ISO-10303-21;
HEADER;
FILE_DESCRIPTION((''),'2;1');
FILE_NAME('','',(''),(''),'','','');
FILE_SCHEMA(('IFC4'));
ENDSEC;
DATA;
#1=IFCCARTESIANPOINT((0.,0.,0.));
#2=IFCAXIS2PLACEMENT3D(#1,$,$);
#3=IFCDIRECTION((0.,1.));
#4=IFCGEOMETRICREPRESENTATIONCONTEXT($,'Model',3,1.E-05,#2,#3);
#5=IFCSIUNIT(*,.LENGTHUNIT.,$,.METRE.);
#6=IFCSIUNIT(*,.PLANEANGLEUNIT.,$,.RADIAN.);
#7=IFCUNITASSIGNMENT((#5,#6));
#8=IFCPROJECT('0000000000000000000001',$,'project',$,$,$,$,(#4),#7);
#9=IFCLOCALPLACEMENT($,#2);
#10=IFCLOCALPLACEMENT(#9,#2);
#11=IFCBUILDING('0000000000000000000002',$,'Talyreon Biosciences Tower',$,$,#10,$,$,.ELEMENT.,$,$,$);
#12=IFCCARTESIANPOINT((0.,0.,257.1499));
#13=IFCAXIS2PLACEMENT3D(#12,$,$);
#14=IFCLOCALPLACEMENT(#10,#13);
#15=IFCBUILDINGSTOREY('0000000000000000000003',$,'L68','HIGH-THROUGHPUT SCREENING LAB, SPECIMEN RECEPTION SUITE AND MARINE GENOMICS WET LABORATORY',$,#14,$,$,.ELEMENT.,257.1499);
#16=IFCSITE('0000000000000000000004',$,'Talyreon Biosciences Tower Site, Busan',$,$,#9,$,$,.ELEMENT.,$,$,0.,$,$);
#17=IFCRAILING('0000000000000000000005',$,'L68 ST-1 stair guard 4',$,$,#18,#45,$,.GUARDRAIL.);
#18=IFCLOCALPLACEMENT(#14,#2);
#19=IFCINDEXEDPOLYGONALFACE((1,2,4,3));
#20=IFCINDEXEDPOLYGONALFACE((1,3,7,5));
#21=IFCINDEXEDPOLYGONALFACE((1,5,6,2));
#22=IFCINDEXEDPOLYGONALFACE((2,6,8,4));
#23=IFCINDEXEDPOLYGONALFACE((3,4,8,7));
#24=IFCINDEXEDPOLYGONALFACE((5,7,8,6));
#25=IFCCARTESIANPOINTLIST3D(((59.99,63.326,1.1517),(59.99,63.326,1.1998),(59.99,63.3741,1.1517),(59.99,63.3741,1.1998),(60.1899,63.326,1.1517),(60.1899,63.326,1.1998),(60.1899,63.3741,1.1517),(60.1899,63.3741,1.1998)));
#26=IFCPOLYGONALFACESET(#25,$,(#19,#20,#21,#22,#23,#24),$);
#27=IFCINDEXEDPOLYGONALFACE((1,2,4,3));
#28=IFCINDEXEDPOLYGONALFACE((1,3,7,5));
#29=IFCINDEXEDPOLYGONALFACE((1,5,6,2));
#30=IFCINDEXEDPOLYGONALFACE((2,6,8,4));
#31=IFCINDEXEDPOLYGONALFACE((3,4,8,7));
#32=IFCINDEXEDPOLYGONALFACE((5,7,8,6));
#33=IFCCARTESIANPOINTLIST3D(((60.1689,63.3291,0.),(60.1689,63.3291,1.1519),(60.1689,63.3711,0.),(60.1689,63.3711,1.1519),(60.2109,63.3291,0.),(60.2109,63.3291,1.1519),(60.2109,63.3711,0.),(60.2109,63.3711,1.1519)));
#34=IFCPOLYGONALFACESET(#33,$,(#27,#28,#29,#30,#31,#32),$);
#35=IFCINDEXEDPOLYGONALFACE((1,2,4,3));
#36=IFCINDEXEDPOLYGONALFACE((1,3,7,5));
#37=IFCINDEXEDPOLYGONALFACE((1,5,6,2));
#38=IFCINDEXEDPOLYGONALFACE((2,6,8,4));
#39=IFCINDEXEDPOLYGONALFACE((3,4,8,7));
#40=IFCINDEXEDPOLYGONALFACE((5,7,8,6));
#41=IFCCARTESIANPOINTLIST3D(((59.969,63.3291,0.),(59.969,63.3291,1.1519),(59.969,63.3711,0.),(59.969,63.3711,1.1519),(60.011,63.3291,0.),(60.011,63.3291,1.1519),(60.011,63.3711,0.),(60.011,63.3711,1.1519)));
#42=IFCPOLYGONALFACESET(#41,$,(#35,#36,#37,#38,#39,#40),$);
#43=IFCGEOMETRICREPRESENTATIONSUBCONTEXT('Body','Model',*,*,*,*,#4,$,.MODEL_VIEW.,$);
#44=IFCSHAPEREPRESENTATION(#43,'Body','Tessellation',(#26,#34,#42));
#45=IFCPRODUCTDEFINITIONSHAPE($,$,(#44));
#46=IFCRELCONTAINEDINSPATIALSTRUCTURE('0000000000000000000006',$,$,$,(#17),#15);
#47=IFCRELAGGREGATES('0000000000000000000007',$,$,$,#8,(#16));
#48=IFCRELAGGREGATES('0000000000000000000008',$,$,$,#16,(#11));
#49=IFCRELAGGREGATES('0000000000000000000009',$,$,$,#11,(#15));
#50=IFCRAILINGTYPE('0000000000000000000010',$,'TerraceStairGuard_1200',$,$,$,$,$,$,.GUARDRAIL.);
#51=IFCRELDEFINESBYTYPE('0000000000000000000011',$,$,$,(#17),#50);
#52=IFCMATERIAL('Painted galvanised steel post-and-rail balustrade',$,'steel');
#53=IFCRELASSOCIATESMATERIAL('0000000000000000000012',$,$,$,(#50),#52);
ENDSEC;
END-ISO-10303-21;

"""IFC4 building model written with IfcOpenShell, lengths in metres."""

from ifc_helpers import new_model, si_unit, direction, frame, origin, origin_2d, place, context, subcontext, project, spatial, rectangle, extrude, material, type_object, element, save


model = new_model("IFC4")

# Units and contexts
model_context = context("Model", 3, precision=1e-05, world=origin(), true_north=direction((0.0, 1.0)))
body_context = subcontext(model_context, "Body", "Model", "MODEL_VIEW")
ifc_project = project(units=[si_unit("LENGTHUNIT", "METRE"), si_unit("PLANEANGLEUNIT", "RADIAN")], contexts=[model_context])

# Site, building, storey
site_placement = place(None, origin())
site = spatial("IfcSite", under=ifc_project, at=site_placement, Name="Talyreon Biosciences Tower Site, Busan", CompositionType="ELEMENT", RefElevation=0.0)
building_placement = place(site_placement, origin())
building = spatial("IfcBuilding", under=site, at=building_placement, Name="Talyreon Biosciences Tower", CompositionType="ELEMENT")
storey_placement = place(building_placement, frame((0.0, 0.0, 257.1499)))
storey = spatial("IfcBuildingStorey", under=building, at=storey_placement, Name="L68", Description="HIGH-THROUGHPUT SCREENING LAB, SPECIMEN RECEPTION SUITE AND MARINE GENOMICS WET LABORATORY", CompositionType="ELEMENT", Elevation=257.1499)

# Railing
ifc_material_1 = material(Name="Painted galvanised steel post-and-rail balustrade", Category="steel")
railing_type_1 = type_object("IfcRailingType", Name="TerraceStairGuard_1200", PredefinedType="GUARDRAIL", material=ifc_material_1)
railing_1_placement = place(storey_placement, frame((60.1899, 63.3501, 0.0)))
element("IfcRailing", 1, at=railing_1_placement, inside=storey, type_object=railing_type_1, Name="L68 ST-1 stair guard 4", PredefinedType="GUARDRAIL", context=body_context, shape_type="SweptSolid", body=[
    extrude(rectangle(XDim=0.0481, YDim=0.0481, at=origin_2d()), frame((0.0, 0.0, 1.1758), z_axis=(-1.0, 0.0, 0.0), x_axis=(0.0, -1.0, 0.0)), (0.0, 0.0, 1.0), 0.2),
    extrude(rectangle(XDim=0.042, YDim=0.042, at=origin_2d()), origin(), (0.0, 0.0, 1.0), 1.1519),
    extrude(rectangle(XDim=0.042, YDim=0.042, at=origin_2d()), frame((-0.2, 0.0, 0.0)), (0.0, 0.0, 1.0), 1.1519),
])

save(model, "model.ifc")
